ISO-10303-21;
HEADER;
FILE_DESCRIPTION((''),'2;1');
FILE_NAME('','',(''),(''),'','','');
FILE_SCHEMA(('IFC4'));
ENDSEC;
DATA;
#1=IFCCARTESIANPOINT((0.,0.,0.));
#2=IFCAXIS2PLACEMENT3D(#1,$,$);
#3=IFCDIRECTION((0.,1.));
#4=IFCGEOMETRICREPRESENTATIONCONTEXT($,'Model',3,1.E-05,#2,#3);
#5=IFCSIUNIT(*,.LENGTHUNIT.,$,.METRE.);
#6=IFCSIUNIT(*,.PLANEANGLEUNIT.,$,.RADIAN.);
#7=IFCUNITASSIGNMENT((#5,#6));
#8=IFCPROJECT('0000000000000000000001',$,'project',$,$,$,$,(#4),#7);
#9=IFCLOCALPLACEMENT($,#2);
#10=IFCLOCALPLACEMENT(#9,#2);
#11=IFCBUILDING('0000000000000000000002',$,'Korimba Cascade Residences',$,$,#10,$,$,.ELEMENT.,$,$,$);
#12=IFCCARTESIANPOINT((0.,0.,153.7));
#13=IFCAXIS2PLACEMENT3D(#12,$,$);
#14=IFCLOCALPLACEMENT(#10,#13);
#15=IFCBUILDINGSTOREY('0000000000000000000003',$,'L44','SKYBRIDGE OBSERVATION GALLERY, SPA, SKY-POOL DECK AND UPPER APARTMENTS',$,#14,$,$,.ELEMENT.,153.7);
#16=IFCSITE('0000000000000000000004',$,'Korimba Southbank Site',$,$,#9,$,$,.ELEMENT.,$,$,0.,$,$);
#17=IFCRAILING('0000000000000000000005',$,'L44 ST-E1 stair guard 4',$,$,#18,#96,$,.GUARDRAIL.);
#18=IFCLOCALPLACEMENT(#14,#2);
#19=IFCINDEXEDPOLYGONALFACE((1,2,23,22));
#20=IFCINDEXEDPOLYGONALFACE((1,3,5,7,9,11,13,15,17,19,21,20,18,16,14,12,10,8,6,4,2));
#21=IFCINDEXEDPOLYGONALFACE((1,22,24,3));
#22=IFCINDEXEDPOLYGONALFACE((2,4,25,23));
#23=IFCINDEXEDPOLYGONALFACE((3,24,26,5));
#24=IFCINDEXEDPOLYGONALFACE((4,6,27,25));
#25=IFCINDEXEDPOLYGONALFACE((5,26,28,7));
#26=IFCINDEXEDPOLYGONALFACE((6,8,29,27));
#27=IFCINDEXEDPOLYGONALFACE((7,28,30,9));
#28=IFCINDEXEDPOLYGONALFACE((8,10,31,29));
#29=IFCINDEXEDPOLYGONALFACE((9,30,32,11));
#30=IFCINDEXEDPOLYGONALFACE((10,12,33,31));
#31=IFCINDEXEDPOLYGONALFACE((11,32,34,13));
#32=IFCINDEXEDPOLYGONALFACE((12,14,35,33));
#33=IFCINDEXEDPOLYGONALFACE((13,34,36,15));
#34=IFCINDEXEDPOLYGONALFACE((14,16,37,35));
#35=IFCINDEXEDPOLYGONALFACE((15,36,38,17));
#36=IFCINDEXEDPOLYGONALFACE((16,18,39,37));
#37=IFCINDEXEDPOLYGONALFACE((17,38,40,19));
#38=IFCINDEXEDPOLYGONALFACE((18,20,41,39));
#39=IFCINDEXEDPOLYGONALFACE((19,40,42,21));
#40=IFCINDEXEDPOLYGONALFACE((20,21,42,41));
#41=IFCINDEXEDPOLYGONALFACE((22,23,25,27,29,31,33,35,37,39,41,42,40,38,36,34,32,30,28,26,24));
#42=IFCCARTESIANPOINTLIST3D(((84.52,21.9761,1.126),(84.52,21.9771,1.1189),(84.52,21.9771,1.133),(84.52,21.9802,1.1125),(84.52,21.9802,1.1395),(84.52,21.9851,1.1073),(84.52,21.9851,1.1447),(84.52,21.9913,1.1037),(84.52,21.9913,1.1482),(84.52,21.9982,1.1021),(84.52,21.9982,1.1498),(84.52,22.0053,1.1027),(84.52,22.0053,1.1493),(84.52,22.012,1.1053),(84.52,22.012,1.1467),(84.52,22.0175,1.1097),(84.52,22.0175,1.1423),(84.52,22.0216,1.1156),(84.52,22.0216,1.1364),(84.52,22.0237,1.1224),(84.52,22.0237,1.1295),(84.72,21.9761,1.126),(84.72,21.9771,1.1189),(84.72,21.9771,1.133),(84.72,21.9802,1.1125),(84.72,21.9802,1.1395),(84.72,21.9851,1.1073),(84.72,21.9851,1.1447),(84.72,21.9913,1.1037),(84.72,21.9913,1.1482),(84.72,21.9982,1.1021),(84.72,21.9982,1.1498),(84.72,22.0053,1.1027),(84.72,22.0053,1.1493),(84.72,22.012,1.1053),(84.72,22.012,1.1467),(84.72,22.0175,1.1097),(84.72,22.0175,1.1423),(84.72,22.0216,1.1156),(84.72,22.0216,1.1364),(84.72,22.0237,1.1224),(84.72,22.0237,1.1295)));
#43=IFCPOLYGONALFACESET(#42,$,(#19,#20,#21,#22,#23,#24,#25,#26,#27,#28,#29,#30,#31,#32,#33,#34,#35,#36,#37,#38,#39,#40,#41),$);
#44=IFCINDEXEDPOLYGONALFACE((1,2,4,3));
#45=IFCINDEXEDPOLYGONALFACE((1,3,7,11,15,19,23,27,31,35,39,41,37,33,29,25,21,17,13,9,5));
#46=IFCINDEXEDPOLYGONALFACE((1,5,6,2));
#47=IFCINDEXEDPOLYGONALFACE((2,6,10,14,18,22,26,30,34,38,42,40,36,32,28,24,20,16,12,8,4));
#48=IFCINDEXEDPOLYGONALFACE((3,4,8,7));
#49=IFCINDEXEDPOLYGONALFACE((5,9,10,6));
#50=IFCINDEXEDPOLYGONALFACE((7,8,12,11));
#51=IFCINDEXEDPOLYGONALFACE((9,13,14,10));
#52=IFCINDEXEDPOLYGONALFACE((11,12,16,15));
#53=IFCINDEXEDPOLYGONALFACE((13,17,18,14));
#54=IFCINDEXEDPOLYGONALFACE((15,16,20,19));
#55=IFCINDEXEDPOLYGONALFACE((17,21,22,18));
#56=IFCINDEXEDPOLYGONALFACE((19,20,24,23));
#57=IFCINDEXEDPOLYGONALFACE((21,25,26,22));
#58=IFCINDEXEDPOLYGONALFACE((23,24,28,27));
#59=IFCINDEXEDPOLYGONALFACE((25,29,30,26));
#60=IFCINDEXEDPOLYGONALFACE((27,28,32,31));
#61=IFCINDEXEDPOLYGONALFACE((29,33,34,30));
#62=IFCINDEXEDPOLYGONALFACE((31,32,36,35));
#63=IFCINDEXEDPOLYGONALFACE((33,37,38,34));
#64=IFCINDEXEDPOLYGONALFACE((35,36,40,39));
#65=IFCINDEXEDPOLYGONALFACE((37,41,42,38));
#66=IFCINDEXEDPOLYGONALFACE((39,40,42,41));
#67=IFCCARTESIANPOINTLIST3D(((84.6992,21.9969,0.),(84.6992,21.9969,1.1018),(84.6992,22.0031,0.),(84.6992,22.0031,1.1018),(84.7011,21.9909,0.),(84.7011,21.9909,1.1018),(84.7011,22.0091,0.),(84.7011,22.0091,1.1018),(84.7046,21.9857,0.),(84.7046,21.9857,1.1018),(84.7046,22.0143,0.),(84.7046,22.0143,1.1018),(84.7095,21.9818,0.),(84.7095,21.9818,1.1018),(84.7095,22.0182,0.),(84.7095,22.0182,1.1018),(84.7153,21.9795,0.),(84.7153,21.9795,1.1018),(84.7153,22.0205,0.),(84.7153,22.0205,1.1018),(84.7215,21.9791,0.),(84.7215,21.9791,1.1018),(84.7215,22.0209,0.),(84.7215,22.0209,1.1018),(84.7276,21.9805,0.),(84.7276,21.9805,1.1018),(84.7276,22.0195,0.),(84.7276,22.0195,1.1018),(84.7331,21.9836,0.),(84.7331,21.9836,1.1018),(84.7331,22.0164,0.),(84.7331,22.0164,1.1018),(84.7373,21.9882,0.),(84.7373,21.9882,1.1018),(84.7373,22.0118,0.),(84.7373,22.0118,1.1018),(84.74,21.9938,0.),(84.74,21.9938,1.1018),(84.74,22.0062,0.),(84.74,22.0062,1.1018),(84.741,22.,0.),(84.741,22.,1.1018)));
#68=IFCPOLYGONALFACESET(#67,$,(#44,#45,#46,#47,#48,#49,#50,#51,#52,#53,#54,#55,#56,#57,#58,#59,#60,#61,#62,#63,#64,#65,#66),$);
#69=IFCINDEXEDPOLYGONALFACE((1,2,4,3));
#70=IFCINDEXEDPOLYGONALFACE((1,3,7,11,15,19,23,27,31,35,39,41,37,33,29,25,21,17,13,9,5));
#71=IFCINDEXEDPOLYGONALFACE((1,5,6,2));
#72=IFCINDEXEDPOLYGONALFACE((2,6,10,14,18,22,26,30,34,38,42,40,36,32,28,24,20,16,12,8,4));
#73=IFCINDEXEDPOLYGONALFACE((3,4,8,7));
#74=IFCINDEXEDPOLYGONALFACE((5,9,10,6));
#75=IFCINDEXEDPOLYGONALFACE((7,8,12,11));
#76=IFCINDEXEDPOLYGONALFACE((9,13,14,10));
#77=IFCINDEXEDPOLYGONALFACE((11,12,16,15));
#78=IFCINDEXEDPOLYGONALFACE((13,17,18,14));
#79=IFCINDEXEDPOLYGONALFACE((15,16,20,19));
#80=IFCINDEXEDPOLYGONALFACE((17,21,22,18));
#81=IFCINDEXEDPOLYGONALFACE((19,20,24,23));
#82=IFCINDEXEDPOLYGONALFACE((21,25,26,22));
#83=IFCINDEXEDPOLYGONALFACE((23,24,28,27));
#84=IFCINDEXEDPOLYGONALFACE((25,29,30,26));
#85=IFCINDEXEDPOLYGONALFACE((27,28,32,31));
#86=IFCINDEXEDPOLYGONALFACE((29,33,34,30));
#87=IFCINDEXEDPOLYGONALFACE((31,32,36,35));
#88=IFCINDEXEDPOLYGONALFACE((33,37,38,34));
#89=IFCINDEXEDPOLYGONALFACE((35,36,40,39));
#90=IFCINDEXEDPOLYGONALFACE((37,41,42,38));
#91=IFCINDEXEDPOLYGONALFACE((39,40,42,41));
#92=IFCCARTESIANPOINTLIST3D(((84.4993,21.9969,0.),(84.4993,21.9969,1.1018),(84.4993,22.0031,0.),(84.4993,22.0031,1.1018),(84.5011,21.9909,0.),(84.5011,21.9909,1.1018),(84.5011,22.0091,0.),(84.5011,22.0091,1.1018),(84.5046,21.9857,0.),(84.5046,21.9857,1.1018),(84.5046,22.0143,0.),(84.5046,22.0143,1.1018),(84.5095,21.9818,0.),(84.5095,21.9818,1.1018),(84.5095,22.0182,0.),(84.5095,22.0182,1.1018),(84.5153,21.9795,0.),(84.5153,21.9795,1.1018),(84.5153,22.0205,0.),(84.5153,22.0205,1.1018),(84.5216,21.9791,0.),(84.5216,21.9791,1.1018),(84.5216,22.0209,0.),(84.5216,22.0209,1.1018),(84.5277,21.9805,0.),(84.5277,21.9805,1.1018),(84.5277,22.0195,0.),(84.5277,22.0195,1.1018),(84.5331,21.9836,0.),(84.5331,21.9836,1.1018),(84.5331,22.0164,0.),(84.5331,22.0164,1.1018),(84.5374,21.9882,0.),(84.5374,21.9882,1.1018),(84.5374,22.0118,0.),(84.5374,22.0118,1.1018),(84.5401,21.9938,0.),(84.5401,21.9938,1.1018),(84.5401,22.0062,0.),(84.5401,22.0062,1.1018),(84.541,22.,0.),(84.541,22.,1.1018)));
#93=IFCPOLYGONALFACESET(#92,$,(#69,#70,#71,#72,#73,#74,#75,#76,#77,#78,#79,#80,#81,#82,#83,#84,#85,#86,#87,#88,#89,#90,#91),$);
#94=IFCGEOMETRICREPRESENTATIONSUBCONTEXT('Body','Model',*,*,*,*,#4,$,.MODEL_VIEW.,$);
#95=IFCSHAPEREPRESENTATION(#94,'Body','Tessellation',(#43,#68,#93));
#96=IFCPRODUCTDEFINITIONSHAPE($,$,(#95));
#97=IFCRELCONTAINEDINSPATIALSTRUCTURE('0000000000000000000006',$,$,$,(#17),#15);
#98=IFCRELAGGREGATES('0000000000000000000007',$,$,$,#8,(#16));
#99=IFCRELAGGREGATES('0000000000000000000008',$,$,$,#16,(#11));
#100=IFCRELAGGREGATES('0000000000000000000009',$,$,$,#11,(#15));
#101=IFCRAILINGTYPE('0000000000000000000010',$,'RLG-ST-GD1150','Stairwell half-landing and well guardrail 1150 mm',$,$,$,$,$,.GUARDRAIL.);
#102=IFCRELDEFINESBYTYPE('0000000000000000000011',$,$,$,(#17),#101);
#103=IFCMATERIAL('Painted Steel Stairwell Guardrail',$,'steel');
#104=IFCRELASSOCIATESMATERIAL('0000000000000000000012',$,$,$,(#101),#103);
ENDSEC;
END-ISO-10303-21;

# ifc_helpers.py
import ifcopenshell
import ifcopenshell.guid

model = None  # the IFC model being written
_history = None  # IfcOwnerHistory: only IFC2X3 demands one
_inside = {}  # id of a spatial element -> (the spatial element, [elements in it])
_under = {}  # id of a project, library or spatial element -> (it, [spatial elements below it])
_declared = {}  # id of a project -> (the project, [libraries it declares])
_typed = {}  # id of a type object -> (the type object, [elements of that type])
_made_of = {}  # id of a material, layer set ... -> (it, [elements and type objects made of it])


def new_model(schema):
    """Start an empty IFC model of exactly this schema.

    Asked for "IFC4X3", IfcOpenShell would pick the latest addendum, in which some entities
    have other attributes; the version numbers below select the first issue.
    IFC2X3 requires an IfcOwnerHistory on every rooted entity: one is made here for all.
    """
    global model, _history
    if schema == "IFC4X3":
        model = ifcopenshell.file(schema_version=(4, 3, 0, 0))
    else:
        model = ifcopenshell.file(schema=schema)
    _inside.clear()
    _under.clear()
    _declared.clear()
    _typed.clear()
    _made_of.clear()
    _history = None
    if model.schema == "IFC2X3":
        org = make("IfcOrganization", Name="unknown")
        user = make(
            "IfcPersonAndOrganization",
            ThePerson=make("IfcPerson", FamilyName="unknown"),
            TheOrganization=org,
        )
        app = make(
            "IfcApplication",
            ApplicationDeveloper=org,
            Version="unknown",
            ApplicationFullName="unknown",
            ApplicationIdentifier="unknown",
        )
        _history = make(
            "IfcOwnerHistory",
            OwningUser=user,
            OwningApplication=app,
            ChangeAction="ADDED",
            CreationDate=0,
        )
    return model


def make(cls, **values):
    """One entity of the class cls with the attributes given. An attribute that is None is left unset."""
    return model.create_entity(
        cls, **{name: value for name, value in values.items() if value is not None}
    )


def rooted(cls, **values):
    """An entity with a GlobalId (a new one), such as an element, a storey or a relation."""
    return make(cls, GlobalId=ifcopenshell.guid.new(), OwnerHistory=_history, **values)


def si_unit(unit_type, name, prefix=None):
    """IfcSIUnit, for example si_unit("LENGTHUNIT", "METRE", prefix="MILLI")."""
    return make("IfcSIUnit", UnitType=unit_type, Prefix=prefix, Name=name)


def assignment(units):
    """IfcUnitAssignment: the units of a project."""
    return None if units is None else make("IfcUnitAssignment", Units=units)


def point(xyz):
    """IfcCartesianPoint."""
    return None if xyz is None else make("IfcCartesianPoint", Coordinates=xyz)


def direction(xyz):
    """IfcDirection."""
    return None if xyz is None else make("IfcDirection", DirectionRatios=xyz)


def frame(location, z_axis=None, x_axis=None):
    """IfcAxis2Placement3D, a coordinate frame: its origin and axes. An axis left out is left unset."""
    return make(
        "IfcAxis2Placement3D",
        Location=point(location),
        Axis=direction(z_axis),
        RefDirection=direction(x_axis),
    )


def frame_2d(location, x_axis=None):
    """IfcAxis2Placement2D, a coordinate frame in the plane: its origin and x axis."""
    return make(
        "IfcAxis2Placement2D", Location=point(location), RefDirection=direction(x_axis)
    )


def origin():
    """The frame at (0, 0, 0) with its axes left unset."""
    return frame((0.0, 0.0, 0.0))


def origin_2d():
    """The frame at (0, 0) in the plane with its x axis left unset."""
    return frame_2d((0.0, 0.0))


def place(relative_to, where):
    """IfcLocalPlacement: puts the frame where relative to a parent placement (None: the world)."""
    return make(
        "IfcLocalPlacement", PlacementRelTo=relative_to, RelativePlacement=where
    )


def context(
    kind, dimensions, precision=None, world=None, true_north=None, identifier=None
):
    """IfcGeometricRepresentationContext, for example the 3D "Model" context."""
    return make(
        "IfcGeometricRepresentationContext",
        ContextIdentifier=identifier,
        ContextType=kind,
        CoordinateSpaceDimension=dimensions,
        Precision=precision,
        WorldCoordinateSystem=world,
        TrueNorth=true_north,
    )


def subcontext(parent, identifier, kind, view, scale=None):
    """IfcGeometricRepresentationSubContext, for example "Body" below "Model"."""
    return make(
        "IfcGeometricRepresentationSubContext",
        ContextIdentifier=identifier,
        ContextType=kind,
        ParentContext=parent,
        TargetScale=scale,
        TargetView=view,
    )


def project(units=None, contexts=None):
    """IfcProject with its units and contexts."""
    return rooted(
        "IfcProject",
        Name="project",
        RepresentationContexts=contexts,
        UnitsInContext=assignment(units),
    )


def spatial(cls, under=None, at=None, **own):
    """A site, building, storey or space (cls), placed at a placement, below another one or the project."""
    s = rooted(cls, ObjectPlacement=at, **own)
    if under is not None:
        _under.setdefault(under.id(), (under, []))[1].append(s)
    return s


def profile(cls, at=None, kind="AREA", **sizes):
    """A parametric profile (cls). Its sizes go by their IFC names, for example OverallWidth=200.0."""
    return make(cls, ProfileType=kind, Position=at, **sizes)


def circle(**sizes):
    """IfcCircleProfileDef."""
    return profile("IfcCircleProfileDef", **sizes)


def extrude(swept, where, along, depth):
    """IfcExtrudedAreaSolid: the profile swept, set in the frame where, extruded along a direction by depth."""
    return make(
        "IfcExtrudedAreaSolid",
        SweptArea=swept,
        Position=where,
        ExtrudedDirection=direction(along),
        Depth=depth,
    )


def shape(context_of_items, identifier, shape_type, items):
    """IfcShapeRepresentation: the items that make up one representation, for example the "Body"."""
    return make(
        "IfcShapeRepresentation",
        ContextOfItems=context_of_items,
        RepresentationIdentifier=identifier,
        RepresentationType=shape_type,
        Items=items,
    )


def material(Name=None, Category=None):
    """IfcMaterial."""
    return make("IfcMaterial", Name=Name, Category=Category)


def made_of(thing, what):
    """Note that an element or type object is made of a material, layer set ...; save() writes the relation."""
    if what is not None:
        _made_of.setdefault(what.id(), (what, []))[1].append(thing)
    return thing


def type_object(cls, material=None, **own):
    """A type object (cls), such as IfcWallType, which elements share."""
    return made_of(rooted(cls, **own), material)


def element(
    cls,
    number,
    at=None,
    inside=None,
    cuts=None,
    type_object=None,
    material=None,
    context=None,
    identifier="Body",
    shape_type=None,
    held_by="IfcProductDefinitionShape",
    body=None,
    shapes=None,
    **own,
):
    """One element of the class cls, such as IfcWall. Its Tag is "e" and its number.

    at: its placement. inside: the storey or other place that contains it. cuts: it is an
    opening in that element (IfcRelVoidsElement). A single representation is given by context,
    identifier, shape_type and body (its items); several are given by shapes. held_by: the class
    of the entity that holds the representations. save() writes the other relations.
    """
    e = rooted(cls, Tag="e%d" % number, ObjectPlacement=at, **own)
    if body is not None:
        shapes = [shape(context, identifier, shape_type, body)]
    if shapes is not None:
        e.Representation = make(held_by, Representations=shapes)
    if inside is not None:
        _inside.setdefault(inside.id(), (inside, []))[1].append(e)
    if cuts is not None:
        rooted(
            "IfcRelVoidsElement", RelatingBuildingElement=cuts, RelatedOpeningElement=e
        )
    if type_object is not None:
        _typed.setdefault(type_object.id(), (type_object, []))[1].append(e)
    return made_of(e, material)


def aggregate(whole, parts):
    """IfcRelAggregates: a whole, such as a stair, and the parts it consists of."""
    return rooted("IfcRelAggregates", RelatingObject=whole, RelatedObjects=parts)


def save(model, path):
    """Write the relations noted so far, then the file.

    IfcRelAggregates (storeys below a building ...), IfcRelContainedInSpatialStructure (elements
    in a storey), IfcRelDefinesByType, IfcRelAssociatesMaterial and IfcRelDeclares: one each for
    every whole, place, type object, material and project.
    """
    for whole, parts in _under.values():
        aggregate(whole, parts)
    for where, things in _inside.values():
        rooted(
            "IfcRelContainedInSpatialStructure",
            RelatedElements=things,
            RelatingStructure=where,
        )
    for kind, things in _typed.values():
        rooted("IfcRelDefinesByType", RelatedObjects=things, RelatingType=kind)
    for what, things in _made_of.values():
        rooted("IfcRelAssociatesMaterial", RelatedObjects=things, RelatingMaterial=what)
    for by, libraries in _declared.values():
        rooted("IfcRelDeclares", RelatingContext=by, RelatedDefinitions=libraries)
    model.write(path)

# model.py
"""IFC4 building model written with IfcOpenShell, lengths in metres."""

from ifc_helpers import new_model, si_unit, direction, frame, origin, origin_2d, place, context, subcontext, project, spatial, circle, extrude, material, type_object, element, save


model = new_model("IFC4")

# Units and contexts
model_context = context("Model", 3, precision=1e-05, world=origin(), true_north=direction((0.0, 1.0)))
body_context = subcontext(model_context, "Body", "Model", "MODEL_VIEW")
ifc_project = project(units=[si_unit("LENGTHUNIT", "METRE"), si_unit("PLANEANGLEUNIT", "RADIAN")], contexts=[model_context])

# Site, building, storey
site_placement = place(None, origin())
site = spatial("IfcSite", under=ifc_project, at=site_placement, Name="Korimba Southbank Site", CompositionType="ELEMENT", RefElevation=0.0)
building_placement = place(site_placement, origin())
building = spatial("IfcBuilding", under=site, at=building_placement, Name="Korimba Cascade Residences", CompositionType="ELEMENT")
storey_placement = place(building_placement, frame((0.0, 0.0, 153.7)))
storey = spatial("IfcBuildingStorey", under=building, at=storey_placement, Name="L44", Description="SKYBRIDGE OBSERVATION GALLERY, SPA, SKY-POOL DECK AND UPPER APARTMENTS", CompositionType="ELEMENT", Elevation=153.7)

# Railing
ifc_material_1 = material(Name="Painted Steel Stairwell Guardrail", Category="steel")
railing_type_1 = type_object("IfcRailingType", Name="RLG-ST-GD1150", Description="Stairwell half-landing and well guardrail 1150 mm", PredefinedType="GUARDRAIL", material=ifc_material_1)
railing_1_placement = place(storey_placement, frame((84.72, 22.0, 0.0)))
element("IfcRailing", 1, at=railing_1_placement, inside=storey, type_object=railing_type_1, Name="L44 ST-E1 stair guard 4", PredefinedType="GUARDRAIL", context=body_context, shape_type="SweptSolid", body=[
    extrude(circle(Radius=0.0239, at=origin_2d()), frame((0.0, 0.0, 1.126), z_axis=(-1.0, 0.0, 0.0), x_axis=(0.0, -1.0, 0.0)), (0.0, 0.0, 1.0), 0.2),
    extrude(circle(Radius=0.021, at=origin_2d()), origin(), (0.0, 0.0, 1.0), 1.1018),
    extrude(circle(Radius=0.021, at=origin_2d()), frame((-0.2, 0.0, 0.0)), (0.0, 0.0, 1.0), 1.1018),
])

save(model, "model.ifc")
